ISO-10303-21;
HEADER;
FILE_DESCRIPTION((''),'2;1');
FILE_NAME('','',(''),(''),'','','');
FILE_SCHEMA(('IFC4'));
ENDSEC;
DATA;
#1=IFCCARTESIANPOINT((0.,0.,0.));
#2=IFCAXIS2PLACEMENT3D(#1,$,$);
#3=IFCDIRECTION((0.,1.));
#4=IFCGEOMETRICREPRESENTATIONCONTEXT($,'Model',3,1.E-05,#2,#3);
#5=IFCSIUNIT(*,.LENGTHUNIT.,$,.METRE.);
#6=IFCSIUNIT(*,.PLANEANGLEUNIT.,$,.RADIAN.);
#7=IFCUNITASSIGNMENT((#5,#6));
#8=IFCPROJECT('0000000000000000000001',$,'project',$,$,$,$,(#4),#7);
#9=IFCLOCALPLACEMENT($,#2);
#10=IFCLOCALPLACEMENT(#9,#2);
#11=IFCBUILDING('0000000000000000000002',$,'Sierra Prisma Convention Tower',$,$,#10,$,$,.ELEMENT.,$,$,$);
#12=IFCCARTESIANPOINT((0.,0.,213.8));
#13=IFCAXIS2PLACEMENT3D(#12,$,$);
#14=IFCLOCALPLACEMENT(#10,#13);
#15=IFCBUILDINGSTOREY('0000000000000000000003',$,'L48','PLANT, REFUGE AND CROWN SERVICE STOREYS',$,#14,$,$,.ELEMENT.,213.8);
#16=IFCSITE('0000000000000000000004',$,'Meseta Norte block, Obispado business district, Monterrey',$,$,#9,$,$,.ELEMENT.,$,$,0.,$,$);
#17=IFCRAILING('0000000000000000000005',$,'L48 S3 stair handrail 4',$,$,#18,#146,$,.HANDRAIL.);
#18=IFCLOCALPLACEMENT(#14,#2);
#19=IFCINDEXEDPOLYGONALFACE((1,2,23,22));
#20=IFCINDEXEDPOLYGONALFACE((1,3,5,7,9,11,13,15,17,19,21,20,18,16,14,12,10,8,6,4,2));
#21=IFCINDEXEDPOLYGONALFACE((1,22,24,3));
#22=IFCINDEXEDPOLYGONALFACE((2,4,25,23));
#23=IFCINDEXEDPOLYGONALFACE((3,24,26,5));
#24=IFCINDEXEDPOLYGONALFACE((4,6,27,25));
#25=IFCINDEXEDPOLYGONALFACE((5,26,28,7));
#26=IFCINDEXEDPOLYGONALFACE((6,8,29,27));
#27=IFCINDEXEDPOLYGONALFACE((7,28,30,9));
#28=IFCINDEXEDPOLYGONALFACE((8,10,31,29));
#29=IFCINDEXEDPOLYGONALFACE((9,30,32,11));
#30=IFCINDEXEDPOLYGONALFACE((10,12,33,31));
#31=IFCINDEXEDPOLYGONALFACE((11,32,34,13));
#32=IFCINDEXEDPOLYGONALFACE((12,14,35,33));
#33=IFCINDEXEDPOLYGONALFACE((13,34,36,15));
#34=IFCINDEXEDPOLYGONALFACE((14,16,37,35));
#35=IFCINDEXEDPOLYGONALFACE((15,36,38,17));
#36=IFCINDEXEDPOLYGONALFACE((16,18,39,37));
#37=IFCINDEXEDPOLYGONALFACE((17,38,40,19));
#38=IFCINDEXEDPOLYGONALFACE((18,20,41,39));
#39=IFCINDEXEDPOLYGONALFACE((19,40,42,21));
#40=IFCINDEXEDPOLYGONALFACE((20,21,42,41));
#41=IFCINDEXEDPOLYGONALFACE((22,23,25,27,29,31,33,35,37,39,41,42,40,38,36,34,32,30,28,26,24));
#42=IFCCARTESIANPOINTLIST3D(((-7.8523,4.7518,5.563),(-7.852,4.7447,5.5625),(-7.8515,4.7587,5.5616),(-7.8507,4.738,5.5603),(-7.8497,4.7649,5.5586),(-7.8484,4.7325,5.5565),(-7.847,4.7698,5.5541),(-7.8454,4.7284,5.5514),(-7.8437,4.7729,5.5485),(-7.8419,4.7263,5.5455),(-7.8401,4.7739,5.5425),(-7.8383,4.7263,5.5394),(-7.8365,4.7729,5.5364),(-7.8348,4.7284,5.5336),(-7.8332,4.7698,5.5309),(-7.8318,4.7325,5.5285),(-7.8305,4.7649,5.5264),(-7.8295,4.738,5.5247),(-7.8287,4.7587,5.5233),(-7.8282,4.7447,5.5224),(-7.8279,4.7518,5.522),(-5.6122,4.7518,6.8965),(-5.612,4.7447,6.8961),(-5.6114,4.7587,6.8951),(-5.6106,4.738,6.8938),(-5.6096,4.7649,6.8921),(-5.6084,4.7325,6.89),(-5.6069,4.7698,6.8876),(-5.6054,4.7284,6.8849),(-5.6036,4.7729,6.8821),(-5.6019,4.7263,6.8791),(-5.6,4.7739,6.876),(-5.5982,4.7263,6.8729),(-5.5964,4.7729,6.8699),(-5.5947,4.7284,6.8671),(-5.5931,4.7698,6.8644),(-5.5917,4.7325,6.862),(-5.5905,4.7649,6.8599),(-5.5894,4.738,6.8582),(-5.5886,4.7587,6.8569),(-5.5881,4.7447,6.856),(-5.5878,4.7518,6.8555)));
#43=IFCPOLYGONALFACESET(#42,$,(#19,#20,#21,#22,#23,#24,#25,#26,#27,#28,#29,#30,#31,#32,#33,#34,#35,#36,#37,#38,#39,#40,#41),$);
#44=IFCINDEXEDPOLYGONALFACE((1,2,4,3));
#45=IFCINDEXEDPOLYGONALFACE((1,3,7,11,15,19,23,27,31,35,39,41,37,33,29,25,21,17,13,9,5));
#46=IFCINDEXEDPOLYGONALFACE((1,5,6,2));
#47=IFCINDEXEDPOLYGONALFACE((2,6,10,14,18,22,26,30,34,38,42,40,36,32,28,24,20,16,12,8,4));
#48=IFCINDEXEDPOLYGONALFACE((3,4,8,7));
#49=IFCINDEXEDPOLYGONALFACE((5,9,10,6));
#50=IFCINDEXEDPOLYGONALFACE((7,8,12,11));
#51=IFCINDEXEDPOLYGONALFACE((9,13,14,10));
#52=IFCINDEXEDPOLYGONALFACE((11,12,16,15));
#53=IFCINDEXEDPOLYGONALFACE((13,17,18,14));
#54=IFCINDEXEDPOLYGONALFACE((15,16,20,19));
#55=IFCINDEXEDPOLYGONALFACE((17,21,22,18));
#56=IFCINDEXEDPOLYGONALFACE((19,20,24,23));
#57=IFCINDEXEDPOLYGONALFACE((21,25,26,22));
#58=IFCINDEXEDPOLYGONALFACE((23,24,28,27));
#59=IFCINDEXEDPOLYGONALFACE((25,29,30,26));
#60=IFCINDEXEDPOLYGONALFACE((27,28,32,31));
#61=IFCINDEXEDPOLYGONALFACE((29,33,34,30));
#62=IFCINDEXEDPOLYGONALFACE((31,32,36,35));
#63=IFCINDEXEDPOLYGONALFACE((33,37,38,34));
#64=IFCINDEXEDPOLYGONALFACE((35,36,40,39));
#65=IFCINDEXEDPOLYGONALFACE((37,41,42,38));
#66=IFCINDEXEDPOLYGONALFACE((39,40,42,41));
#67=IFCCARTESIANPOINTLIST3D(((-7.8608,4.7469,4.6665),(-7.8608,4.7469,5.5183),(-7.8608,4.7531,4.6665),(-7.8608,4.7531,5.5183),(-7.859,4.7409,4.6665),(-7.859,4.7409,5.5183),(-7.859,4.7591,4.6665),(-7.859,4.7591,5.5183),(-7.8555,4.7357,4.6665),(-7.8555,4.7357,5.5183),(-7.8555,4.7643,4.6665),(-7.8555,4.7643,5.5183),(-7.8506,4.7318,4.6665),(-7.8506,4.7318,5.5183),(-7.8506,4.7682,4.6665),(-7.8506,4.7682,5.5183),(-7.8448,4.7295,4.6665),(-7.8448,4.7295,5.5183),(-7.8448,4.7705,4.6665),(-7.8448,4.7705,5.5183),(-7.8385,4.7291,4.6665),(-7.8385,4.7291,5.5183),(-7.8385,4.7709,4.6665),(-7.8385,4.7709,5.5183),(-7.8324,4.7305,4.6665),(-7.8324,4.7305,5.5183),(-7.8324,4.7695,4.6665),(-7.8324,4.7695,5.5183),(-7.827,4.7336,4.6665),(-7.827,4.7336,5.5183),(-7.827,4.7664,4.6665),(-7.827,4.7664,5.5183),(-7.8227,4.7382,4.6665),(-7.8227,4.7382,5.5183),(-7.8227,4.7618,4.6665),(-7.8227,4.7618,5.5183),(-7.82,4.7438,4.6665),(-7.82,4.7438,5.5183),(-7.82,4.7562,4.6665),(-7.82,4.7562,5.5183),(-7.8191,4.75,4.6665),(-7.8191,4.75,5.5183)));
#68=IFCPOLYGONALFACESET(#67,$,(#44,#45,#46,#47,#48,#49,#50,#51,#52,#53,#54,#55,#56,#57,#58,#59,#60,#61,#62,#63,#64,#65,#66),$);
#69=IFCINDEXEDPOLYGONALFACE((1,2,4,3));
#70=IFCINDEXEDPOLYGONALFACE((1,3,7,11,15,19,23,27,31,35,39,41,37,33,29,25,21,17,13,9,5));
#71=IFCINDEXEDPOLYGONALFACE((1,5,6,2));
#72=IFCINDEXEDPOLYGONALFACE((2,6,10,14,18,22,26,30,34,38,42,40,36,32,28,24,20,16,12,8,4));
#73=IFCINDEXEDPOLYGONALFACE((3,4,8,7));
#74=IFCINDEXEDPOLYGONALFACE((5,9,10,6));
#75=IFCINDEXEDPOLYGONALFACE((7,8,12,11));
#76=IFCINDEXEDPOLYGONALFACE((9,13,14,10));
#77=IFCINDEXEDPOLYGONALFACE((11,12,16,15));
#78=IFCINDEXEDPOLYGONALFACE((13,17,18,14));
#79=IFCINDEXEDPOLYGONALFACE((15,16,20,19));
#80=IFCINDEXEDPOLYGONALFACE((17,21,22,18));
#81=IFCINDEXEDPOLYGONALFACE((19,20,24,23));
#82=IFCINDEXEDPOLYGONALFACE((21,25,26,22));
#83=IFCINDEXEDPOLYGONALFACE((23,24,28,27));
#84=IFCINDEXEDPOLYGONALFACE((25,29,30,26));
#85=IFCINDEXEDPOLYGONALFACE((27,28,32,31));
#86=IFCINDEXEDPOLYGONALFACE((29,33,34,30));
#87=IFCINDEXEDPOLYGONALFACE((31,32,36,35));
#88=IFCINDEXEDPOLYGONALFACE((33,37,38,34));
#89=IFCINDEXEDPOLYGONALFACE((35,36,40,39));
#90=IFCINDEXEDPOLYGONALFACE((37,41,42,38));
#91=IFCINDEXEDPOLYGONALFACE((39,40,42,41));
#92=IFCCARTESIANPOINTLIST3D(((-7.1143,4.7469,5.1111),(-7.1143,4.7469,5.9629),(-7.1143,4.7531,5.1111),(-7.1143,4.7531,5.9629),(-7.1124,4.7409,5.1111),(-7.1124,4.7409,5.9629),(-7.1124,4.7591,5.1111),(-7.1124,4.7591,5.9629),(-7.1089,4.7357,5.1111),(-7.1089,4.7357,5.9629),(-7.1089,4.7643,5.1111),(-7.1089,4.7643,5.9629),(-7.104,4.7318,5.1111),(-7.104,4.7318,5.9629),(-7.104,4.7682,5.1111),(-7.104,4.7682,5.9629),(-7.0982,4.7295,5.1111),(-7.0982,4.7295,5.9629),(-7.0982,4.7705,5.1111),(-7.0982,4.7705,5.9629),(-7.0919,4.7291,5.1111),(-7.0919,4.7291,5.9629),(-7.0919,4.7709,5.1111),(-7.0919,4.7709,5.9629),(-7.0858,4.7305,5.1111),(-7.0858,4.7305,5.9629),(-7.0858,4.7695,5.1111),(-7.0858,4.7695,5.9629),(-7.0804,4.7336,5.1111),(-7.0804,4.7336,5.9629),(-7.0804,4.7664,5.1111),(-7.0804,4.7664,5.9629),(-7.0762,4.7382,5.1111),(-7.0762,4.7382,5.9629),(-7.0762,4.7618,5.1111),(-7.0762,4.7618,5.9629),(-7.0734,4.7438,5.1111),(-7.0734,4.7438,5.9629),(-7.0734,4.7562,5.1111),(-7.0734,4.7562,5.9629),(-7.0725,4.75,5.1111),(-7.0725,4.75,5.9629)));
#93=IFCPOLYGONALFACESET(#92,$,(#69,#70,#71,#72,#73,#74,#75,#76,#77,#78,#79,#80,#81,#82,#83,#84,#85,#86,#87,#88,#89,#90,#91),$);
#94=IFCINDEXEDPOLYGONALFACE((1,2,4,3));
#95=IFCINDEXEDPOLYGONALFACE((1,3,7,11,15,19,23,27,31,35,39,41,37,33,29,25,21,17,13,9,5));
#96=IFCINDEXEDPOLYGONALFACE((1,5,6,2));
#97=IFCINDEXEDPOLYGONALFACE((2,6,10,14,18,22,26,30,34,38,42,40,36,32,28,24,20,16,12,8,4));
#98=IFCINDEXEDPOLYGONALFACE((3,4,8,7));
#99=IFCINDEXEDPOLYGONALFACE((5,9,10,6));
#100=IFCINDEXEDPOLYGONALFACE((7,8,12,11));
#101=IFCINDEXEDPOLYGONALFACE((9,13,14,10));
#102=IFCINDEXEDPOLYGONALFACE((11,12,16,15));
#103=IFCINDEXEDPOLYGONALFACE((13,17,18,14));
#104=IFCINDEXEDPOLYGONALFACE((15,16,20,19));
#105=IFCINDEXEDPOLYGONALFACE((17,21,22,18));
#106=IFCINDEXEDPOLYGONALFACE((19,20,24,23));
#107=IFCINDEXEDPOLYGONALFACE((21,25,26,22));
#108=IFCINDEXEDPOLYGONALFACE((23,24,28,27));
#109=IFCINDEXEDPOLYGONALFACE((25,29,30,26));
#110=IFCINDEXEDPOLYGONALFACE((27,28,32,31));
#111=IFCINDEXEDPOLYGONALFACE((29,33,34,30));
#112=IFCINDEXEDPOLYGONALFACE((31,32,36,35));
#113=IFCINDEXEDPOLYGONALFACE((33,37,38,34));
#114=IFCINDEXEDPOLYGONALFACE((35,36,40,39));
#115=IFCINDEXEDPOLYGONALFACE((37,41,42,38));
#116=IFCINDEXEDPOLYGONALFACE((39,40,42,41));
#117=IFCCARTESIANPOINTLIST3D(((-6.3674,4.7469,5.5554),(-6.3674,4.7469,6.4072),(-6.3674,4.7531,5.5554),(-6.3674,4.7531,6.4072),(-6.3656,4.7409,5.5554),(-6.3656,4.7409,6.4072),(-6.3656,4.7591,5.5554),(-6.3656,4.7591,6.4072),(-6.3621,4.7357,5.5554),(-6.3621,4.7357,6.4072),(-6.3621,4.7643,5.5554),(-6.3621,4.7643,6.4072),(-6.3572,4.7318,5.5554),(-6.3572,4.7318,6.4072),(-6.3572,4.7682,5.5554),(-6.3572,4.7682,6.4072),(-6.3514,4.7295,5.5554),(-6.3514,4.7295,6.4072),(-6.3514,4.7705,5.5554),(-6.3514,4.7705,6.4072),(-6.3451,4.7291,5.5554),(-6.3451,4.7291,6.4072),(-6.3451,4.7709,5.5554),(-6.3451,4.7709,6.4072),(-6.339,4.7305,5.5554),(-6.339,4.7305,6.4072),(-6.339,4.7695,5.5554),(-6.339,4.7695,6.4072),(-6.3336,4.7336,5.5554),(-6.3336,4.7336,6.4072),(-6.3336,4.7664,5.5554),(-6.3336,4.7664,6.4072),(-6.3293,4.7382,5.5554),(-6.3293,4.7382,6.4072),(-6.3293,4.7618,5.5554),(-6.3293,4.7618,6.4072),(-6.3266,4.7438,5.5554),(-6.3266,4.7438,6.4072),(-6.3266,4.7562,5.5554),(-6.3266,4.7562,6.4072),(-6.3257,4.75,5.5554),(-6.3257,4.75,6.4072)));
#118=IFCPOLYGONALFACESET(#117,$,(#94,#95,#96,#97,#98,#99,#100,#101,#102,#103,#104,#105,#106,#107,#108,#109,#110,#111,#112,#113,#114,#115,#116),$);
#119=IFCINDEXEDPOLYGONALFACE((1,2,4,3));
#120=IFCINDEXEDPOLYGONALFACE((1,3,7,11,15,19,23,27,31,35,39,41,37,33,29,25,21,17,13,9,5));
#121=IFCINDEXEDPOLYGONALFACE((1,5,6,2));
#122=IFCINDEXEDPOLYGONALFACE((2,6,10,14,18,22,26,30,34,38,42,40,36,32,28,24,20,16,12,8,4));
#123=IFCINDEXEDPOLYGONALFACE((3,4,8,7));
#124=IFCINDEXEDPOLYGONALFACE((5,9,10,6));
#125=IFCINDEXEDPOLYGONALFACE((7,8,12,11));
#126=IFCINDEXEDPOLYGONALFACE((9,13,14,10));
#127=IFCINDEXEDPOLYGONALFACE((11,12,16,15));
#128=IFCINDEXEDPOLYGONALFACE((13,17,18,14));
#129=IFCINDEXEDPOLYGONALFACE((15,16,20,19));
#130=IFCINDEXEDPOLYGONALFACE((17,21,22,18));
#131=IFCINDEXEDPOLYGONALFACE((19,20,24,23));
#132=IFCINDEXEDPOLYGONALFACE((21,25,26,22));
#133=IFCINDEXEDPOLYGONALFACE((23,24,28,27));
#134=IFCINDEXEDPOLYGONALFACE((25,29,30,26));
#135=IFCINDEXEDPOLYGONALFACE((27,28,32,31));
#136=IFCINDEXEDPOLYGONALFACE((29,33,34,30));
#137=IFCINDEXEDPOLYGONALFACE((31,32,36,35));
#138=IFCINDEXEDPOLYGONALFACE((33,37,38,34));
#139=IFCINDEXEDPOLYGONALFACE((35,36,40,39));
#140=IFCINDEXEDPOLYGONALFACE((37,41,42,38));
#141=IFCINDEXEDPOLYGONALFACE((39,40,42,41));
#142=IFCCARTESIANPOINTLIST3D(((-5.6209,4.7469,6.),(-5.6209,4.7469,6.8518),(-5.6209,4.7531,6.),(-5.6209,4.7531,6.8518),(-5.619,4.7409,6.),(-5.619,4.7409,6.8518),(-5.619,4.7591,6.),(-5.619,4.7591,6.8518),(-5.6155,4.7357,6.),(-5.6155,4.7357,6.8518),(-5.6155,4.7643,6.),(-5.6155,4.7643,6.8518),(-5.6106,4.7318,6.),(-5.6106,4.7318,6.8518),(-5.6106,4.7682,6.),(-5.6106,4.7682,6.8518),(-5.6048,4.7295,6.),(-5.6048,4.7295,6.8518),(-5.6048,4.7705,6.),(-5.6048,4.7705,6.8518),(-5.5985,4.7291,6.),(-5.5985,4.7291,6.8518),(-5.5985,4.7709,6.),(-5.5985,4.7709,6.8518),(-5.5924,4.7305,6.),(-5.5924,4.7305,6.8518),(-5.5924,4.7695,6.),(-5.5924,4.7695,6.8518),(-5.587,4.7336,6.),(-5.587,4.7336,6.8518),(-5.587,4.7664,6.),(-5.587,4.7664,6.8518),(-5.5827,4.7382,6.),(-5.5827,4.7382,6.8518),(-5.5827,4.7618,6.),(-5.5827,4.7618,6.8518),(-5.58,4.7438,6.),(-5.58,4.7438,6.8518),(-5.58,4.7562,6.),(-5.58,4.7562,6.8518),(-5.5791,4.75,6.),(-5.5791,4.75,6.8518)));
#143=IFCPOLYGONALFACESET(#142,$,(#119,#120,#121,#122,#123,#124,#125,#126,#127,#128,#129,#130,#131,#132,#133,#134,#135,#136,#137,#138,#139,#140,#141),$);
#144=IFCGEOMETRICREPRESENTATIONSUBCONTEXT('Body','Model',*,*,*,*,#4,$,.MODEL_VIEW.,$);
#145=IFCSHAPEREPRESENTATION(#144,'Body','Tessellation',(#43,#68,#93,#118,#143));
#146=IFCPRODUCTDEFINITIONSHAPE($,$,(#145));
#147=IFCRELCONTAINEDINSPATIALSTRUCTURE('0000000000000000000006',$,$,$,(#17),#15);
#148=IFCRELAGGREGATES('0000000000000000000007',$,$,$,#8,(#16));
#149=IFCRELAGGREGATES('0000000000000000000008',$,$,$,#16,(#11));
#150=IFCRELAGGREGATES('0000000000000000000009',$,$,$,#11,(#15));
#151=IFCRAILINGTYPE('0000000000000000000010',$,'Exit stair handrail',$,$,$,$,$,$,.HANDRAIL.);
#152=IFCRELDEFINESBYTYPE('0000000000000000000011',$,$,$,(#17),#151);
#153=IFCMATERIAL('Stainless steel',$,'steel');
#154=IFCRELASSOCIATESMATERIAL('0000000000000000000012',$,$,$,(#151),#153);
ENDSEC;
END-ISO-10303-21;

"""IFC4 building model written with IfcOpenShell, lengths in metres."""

from ifc_helpers import new_model, si_unit, direction, frame, origin, origin_2d, place, context, subcontext, project, spatial, circle, extrude, material, type_object, element, save


model = new_model("IFC4")

# Units and contexts
model_context = context("Model", 3, precision=1e-05, world=origin(), true_north=direction((0.0, 1.0)))
body_context = subcontext(model_context, "Body", "Model", "MODEL_VIEW")
ifc_project = project(units=[si_unit("LENGTHUNIT", "METRE"), si_unit("PLANEANGLEUNIT", "RADIAN")], contexts=[model_context])

# Site, building, storey
site_placement = place(None, origin())
site = spatial("IfcSite", under=ifc_project, at=site_placement, Name="Meseta Norte block, Obispado business district, Monterrey", CompositionType="ELEMENT", RefElevation=0.0)
building_placement = place(site_placement, origin())
building = spatial("IfcBuilding", under=site, at=building_placement, Name="Sierra Prisma Convention Tower", CompositionType="ELEMENT")
storey_placement = place(building_placement, frame((0.0, 0.0, 213.8)))
storey = spatial("IfcBuildingStorey", under=building, at=storey_placement, Name="L48", Description="PLANT, REFUGE AND CROWN SERVICE STOREYS", CompositionType="ELEMENT", Elevation=213.8)

# Railing
ifc_material_1 = material(Name="Stainless steel", Category="steel")
railing_type_1 = type_object("IfcRailingType", Name="Exit stair handrail", PredefinedType="HANDRAIL", material=ifc_material_1)
for number, where, name in (
    (1, (-7.8401, 4.75, 4.6665), "L48 S3 stair handrail 4"),
):
    element("IfcRailing", number, at=place(storey_placement, frame(where)), inside=storey, type_object=railing_type_1, Name=name, PredefinedType="HANDRAIL", context=body_context, shape_type="SweptSolid", body=[
        extrude(circle(Radius=0.0239, at=origin_2d()), frame((0.0, 0.0, 0.876), z_axis=(0.859264, 0.0, 0.511532), x_axis=(0.0, 1.0, 0.0)), (0.0, 0.0, 1.0), 2.6069),
        extrude(circle(Radius=0.021, at=origin_2d()), origin(), (0.0, 0.0, 1.0), 0.8518),
        extrude(circle(Radius=0.021, at=origin_2d()), frame((0.7466, 0.0, 0.4446)), (0.0, 0.0, 1.0), 0.8518),
        extrude(circle(Radius=0.021, at=origin_2d()), frame((1.4934, 0.0, 0.8889)), (0.0, 0.0, 1.0), 0.8518),
        extrude(circle(Radius=0.021, at=origin_2d()), frame((2.24, 0.0, 1.3335)), (0.0, 0.0, 1.0), 0.8518),
    ])

save(model, "model.ifc")
